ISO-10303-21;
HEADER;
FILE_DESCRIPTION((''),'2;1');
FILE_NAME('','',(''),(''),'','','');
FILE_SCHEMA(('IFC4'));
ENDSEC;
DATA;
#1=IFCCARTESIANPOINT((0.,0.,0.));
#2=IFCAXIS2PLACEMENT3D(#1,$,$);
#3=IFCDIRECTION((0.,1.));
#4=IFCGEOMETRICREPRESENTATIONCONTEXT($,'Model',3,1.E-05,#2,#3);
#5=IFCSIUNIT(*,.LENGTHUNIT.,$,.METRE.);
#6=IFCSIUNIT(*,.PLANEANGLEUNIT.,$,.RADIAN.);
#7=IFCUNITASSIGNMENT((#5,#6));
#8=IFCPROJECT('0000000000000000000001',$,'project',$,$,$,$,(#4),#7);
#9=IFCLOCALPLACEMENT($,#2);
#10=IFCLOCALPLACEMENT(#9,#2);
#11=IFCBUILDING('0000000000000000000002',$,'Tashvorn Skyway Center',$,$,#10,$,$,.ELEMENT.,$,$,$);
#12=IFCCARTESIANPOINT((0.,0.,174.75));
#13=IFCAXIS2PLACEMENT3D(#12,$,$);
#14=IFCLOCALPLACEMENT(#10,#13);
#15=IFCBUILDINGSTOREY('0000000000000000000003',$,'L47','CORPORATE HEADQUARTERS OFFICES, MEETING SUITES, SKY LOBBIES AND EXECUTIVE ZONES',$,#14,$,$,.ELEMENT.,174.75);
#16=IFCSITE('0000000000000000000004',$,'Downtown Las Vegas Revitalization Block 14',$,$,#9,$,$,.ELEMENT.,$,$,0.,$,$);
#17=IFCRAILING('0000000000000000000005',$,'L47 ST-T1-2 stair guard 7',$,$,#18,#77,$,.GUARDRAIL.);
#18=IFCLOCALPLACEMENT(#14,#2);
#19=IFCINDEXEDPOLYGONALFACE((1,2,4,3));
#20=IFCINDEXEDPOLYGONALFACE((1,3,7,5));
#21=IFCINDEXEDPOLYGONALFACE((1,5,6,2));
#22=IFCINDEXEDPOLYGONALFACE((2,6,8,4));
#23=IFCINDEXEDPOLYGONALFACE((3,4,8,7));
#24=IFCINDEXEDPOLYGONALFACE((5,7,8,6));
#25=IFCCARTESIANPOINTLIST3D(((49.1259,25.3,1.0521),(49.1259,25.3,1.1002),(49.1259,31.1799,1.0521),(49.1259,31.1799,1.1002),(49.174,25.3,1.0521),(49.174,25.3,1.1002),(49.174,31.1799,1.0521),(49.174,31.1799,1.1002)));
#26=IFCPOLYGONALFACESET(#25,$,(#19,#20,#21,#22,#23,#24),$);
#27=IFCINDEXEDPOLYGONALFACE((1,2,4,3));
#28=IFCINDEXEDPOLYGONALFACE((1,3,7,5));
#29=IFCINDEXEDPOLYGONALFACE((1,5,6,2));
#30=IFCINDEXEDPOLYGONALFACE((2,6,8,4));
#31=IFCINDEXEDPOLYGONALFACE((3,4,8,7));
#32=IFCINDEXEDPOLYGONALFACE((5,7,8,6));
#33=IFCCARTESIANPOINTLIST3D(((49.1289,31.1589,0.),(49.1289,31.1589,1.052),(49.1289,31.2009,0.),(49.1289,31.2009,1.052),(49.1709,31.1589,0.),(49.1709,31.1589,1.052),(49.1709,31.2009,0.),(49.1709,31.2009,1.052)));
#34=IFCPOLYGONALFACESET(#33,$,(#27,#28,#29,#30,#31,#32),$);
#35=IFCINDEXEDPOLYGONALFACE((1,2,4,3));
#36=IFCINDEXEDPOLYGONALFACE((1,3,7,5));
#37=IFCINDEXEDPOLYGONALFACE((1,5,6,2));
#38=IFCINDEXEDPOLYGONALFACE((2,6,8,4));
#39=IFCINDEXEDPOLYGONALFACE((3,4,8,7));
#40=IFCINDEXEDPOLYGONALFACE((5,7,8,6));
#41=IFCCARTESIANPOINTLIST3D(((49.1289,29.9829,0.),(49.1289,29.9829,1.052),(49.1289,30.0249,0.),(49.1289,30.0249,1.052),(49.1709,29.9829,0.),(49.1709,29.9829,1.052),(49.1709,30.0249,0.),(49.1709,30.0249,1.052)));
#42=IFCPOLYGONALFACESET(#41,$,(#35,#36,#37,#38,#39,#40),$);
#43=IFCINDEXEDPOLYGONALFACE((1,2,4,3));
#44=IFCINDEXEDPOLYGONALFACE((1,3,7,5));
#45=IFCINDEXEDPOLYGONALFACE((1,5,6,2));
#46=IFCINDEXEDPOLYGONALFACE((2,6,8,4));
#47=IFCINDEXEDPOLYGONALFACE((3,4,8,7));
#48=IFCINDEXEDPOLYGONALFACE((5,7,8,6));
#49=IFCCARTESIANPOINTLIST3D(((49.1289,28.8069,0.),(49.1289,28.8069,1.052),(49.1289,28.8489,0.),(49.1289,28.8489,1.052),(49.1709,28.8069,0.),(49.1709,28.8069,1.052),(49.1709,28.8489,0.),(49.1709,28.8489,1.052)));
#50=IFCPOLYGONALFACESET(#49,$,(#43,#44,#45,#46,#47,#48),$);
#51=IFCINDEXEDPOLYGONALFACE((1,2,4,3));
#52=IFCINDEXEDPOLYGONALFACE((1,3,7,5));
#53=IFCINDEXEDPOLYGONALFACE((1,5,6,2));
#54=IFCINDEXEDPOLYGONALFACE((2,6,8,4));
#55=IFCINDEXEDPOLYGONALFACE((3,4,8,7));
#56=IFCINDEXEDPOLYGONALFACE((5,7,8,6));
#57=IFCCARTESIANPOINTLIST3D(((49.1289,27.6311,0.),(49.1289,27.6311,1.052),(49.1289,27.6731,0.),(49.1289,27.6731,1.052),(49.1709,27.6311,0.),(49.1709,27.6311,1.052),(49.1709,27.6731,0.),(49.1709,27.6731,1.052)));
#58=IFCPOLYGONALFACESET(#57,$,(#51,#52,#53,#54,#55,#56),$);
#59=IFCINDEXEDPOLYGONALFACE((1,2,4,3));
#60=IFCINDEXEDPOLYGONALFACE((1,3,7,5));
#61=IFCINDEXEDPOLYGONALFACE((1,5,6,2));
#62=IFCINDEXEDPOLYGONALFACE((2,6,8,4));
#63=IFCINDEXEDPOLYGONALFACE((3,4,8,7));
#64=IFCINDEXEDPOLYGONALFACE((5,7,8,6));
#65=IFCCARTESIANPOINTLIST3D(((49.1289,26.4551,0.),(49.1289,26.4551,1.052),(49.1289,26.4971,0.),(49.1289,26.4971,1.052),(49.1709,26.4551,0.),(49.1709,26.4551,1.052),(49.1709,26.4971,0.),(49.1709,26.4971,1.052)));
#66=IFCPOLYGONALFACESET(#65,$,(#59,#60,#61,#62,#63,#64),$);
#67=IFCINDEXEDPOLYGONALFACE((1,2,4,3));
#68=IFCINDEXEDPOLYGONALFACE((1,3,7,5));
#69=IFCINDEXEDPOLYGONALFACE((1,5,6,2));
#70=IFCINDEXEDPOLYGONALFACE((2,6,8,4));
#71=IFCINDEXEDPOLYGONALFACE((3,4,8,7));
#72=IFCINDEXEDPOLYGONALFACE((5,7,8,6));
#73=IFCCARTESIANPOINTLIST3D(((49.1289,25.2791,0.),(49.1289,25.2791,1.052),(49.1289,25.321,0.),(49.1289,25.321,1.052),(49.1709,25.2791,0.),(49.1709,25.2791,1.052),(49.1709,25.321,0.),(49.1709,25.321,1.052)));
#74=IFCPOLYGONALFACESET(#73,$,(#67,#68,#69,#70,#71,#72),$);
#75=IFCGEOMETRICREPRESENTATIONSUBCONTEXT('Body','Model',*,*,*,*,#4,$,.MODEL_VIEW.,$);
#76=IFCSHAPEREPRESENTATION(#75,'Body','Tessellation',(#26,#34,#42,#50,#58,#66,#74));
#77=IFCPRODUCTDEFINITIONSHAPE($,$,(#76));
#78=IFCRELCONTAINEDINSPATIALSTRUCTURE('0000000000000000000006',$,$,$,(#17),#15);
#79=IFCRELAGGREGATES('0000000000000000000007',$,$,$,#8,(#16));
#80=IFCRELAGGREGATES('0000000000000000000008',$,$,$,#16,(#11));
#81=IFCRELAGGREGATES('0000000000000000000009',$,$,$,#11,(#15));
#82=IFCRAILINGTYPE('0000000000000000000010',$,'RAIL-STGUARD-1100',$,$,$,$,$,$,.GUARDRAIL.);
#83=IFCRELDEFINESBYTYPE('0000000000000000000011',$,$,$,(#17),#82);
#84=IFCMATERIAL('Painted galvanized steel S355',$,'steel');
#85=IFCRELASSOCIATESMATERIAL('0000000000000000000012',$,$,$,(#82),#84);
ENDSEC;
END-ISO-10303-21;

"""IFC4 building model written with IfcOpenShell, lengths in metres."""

from ifc_helpers import new_model, si_unit, direction, frame, origin, origin_2d, place, context, subcontext, project, spatial, rectangle, extrude, material, type_object, element, save


model = new_model("IFC4")

# Units and contexts
model_context = context("Model", 3, precision=1e-05, world=origin(), true_north=direction((0.0, 1.0)))
body_context = subcontext(model_context, "Body", "Model", "MODEL_VIEW")
ifc_project = project(units=[si_unit("LENGTHUNIT", "METRE"), si_unit("PLANEANGLEUNIT", "RADIAN")], contexts=[model_context])

# Site, building, storey
site_placement = place(None, origin())
site = spatial("IfcSite", under=ifc_project, at=site_placement, Name="Downtown Las Vegas Revitalization Block 14", CompositionType="ELEMENT", RefElevation=0.0)
building_placement = place(site_placement, origin())
building = spatial("IfcBuilding", under=site, at=building_placement, Name="Tashvorn Skyway Center", CompositionType="ELEMENT")
storey_placement = place(building_placement, frame((0.0, 0.0, 174.75)))
storey = spatial("IfcBuildingStorey", under=building, at=storey_placement, Name="L47", Description="CORPORATE HEADQUARTERS OFFICES, MEETING SUITES, SKY LOBBIES AND EXECUTIVE ZONES", CompositionType="ELEMENT", Elevation=174.75)

# Railing
ifc_material_1 = material(Name="Painted galvanized steel S355", Category="steel")
railing_type_1 = type_object("IfcRailingType", Name="RAIL-STGUARD-1100", PredefinedType="GUARDRAIL", material=ifc_material_1)
railing_1_placement = place(storey_placement, frame((49.1499, 31.1799, 0.0)))
element("IfcRailing", 1, at=railing_1_placement, inside=storey, type_object=railing_type_1, Name="L47 ST-T1-2 stair guard 7", PredefinedType="GUARDRAIL", context=body_context, shape_type="SweptSolid", body=[
    extrude(rectangle(XDim=0.0481, YDim=0.0481, at=origin_2d()), frame((0.0, 0.0, 1.0762), z_axis=(0.0, -1.0, 0.0), x_axis=(1.0, 0.0, 0.0)), (0.0, 0.0, 1.0), 5.8799),
    extrude(rectangle(XDim=0.042, YDim=0.042, at=origin_2d()), origin(), (0.0, 0.0, 1.0), 1.052),
    extrude(rectangle(XDim=0.042, YDim=0.042, at=origin_2d()), frame((0.0, -1.176, 0.0)), (0.0, 0.0, 1.0), 1.052),
    extrude(rectangle(XDim=0.042, YDim=0.042, at=origin_2d()), frame((0.0, -2.3521, 0.0)), (0.0, 0.0, 1.0), 1.052),
    extrude(rectangle(XDim=0.042, YDim=0.042, at=origin_2d()), frame((0.0, -3.5278, 0.0)), (0.0, 0.0, 1.0), 1.052),
    extrude(rectangle(XDim=0.042, YDim=0.042, at=origin_2d()), frame((0.0, -4.7039, 0.0)), (0.0, 0.0, 1.0), 1.052),
    extrude(rectangle(XDim=0.042, YDim=0.042, at=origin_2d()), frame((0.0, -5.8799, 0.0)), (0.0, 0.0, 1.0), 1.052),
])

save(model, "model.ifc")
